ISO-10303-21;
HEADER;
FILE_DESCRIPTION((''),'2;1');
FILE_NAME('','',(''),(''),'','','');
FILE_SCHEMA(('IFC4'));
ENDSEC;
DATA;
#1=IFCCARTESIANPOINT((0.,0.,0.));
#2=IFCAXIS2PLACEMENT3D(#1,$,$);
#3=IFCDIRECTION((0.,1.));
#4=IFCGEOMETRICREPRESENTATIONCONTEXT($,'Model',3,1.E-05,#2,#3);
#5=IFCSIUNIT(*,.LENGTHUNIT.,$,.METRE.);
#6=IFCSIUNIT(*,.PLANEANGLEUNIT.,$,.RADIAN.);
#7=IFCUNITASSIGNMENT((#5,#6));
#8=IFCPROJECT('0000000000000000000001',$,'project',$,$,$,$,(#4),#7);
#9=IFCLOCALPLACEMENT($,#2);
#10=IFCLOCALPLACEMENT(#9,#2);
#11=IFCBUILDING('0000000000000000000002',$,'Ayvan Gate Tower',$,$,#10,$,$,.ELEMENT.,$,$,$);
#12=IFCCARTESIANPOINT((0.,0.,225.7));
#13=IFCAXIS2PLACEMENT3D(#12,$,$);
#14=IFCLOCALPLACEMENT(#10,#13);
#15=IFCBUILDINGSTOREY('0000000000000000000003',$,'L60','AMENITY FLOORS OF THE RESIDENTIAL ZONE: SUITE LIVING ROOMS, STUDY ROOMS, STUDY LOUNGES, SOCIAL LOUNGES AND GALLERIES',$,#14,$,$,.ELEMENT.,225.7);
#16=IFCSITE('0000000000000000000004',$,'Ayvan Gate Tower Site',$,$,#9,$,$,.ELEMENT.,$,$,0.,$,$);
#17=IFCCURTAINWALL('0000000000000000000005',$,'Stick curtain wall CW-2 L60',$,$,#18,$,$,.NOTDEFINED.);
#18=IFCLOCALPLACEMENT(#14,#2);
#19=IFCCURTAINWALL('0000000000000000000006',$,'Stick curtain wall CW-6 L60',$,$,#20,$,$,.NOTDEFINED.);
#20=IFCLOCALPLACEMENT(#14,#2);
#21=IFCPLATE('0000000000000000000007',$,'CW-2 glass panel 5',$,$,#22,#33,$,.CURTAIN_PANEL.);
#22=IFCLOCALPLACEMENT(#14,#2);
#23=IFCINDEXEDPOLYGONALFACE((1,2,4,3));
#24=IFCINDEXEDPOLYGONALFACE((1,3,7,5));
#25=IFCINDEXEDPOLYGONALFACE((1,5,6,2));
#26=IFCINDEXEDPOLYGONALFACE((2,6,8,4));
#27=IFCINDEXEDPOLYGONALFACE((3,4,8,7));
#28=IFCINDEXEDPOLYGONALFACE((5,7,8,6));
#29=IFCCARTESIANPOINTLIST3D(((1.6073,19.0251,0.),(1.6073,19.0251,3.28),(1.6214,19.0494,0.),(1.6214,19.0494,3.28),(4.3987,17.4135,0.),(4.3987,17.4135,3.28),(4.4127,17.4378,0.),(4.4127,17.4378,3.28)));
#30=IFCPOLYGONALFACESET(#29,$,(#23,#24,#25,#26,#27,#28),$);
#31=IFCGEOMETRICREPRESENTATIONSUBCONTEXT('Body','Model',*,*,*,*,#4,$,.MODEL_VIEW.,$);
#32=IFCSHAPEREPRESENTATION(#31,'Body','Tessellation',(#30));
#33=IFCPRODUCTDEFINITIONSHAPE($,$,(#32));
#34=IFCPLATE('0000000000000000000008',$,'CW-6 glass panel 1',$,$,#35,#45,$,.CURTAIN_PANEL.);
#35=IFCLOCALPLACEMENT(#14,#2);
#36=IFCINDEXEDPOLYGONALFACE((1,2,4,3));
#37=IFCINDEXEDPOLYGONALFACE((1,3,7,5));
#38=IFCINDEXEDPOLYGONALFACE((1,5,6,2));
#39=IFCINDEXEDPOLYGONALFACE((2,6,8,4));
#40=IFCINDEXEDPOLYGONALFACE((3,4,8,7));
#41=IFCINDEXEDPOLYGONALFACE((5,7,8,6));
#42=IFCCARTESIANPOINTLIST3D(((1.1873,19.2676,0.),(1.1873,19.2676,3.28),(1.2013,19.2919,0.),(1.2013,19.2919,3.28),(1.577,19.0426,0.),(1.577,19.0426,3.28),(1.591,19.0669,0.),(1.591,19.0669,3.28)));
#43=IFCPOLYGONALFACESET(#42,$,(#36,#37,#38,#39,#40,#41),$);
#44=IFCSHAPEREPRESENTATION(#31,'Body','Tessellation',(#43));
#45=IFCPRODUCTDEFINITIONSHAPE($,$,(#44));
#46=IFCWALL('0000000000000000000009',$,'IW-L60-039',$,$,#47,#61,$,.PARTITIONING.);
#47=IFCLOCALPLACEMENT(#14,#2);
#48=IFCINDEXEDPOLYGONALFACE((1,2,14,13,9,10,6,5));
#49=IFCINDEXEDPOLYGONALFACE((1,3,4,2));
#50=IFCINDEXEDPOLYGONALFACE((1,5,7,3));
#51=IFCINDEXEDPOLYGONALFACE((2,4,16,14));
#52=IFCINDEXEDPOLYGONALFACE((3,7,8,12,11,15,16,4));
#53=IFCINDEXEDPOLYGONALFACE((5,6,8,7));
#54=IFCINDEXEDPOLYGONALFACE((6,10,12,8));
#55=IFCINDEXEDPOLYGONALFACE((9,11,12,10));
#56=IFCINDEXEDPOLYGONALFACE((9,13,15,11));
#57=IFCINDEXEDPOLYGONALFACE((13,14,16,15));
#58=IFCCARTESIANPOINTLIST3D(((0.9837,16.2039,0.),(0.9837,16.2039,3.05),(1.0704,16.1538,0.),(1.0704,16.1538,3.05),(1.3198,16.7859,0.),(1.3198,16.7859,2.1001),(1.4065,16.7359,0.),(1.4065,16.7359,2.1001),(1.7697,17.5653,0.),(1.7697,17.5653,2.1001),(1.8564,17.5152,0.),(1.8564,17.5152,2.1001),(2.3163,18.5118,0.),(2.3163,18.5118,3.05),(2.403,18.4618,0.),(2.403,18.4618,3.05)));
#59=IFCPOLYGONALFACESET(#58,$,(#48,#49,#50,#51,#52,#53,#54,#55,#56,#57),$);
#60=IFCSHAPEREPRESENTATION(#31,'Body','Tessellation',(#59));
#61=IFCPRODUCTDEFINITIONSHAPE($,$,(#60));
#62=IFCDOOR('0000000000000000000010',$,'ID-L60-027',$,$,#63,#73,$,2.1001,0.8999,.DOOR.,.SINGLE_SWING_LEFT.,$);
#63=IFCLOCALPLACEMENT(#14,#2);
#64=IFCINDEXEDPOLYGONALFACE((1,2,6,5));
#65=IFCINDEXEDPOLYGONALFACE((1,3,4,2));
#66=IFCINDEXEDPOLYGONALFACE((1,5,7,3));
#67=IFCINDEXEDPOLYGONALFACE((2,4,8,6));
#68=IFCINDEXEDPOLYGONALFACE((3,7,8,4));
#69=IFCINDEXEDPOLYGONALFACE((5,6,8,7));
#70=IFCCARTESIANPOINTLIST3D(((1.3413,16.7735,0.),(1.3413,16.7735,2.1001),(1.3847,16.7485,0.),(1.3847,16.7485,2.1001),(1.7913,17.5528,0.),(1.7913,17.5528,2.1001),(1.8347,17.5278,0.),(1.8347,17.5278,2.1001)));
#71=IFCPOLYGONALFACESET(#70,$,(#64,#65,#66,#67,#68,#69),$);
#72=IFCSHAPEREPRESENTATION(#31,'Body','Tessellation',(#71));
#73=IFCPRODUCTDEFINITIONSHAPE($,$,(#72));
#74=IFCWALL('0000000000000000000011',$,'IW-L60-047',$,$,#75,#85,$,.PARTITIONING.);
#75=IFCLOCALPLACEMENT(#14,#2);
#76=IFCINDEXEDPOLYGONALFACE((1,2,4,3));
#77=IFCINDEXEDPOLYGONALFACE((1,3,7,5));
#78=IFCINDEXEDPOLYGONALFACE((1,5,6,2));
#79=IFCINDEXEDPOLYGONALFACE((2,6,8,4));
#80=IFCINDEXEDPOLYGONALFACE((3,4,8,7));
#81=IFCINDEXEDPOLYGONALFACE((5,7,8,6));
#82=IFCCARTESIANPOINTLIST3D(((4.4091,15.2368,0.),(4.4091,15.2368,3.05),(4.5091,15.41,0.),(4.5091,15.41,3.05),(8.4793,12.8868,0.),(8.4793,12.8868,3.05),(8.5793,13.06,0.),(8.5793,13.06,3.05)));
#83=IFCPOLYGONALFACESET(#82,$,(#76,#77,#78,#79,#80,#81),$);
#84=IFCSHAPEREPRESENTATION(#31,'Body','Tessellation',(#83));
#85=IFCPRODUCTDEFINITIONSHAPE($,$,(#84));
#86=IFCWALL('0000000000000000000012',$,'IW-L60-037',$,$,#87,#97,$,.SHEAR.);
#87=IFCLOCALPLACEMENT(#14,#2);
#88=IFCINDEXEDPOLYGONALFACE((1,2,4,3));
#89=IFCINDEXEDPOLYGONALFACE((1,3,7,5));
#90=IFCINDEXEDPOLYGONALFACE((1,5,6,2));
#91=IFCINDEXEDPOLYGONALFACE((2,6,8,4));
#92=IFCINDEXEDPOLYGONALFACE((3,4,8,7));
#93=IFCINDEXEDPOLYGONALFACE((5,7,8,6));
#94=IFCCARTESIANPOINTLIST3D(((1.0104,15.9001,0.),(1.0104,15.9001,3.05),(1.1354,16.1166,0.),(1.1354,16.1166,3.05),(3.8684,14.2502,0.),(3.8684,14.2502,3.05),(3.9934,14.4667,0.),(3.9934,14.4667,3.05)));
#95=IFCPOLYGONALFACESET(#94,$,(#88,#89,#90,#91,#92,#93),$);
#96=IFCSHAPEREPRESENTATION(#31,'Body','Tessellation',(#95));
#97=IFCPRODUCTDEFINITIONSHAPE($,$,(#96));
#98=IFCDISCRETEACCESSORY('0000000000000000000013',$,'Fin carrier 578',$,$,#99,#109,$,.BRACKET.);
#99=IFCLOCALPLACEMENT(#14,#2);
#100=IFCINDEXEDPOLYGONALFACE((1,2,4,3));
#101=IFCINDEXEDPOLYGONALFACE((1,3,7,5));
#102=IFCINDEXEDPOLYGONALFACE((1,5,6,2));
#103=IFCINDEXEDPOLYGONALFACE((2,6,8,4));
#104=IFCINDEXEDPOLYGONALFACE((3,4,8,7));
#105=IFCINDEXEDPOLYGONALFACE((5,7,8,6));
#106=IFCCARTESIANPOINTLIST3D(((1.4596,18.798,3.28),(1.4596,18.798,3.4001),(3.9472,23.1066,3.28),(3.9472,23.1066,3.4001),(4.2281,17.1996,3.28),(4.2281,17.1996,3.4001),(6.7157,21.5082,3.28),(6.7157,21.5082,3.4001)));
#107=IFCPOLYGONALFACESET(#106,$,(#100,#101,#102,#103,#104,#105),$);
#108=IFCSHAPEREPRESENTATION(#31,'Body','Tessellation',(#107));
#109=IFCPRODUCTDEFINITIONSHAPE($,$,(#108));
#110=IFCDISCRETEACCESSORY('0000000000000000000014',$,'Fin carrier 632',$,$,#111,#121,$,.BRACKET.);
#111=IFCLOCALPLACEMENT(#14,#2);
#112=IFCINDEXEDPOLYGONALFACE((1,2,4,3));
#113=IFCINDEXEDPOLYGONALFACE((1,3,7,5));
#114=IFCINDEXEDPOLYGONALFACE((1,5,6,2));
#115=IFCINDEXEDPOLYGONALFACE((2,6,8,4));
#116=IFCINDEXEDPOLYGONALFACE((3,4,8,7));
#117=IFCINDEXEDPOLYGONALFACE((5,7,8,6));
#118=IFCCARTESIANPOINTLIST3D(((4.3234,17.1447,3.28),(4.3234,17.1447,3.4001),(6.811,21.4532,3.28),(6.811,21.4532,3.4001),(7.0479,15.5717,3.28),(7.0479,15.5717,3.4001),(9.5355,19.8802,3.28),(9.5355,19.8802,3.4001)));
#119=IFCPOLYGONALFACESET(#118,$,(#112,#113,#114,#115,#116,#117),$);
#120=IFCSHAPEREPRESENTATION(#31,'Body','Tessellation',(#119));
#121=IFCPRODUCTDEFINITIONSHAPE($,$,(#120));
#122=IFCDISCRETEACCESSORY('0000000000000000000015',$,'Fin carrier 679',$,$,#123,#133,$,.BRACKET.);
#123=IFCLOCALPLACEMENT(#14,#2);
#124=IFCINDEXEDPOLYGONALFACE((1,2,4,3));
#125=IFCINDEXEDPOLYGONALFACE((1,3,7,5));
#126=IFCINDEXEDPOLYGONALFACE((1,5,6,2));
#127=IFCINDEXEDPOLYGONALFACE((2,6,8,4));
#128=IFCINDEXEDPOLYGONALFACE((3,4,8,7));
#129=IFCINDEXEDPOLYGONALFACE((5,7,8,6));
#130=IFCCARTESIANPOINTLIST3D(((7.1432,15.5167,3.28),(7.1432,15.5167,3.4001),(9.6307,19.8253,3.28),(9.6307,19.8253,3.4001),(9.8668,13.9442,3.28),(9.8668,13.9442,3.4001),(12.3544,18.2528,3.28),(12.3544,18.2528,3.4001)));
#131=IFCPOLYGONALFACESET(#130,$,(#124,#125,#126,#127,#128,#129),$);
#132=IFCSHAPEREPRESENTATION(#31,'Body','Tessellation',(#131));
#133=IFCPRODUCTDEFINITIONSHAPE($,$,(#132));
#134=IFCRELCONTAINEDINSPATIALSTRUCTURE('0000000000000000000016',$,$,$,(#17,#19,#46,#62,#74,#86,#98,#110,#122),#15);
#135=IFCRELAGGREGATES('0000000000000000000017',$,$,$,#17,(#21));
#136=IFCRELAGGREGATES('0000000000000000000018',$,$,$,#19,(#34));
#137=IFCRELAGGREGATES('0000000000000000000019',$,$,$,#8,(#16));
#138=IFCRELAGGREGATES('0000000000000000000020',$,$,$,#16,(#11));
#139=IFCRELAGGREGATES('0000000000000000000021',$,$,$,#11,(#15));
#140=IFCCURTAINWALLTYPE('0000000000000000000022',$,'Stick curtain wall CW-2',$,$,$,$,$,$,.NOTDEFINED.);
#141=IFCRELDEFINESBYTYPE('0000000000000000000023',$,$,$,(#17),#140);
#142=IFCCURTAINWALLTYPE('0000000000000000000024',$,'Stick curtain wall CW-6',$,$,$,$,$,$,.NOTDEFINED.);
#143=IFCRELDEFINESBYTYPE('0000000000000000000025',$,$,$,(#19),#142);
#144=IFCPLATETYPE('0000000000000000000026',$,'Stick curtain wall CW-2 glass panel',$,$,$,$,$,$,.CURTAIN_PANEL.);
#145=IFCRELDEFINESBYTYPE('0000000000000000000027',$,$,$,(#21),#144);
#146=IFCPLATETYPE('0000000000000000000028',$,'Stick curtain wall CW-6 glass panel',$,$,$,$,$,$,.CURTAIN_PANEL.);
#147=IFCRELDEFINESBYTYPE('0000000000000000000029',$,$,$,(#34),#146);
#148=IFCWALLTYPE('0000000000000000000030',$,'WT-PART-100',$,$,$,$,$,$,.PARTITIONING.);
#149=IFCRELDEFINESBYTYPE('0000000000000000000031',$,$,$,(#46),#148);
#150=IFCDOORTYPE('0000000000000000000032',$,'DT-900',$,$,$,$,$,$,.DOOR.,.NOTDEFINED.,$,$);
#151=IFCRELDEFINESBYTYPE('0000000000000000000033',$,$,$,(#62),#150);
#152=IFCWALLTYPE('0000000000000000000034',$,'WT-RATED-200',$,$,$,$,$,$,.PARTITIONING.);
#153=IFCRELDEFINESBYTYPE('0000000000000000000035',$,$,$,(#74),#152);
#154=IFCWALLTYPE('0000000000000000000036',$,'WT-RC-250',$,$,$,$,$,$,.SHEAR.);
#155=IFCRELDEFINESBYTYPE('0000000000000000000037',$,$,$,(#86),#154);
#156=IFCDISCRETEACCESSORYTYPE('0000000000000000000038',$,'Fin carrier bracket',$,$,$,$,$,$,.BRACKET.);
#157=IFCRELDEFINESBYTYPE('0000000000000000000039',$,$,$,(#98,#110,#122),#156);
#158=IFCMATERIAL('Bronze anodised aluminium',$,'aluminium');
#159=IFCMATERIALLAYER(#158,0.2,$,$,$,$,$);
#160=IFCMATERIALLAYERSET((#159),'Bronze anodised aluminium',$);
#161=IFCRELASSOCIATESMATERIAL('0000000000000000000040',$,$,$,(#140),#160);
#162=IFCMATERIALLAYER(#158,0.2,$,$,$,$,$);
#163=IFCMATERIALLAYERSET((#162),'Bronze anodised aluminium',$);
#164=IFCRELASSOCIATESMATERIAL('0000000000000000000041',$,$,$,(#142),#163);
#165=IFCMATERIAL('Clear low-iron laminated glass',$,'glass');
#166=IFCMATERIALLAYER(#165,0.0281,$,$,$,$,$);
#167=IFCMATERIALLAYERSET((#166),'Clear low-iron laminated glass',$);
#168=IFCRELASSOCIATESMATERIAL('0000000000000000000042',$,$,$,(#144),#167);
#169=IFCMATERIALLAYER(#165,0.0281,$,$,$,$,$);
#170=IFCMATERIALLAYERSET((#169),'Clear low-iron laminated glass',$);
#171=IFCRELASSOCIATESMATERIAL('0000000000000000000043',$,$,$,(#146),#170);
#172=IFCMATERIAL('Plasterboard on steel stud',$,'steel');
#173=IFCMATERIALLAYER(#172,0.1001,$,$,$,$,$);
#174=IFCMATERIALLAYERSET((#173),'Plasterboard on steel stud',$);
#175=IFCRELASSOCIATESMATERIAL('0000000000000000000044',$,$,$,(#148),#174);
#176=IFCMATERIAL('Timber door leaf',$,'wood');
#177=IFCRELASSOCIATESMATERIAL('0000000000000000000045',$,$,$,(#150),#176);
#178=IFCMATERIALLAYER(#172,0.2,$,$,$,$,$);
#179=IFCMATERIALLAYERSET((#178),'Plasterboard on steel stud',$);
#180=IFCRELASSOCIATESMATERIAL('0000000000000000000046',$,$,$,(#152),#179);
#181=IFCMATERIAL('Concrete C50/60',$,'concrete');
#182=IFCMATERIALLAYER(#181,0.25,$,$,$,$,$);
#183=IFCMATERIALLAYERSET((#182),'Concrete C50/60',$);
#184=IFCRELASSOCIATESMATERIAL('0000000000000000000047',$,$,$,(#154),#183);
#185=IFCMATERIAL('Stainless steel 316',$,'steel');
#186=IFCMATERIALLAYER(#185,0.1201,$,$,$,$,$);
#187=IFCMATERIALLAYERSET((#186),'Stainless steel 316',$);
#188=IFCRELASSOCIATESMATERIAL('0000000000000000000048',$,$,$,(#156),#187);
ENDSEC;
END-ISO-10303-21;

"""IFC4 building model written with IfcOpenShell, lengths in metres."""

from ifc_helpers import new_model, si_unit, direction, frame, frame_2d, origin, origin_2d, place, context, subcontext, project, spatial, rectangle, extrude, material, layer, layer_set, type_object, element, fill, aggregate, save


model = new_model("IFC4")

# Units and contexts
model_context = context("Model", 3, precision=1e-05, world=origin(), true_north=direction((0.0, 1.0)))
body_context = subcontext(model_context, "Body", "Model", "MODEL_VIEW")
ifc_project = project(units=[si_unit("LENGTHUNIT", "METRE"), si_unit("PLANEANGLEUNIT", "RADIAN")], contexts=[model_context])

# Site, building, storey
site_placement = place(None, origin())
site = spatial("IfcSite", under=ifc_project, at=site_placement, Name="Ayvan Gate Tower Site", CompositionType="ELEMENT", RefElevation=0.0)
building_placement = place(site_placement, origin())
building = spatial("IfcBuilding", under=site, at=building_placement, Name="Ayvan Gate Tower", CompositionType="ELEMENT")
storey_placement = place(building_placement, frame((0.0, 0.0, 225.7)))
storey = spatial("IfcBuildingStorey", under=building, at=storey_placement, Name="L60", Description="AMENITY FLOORS OF THE RESIDENTIAL ZONE: SUITE LIVING ROOMS, STUDY ROOMS, STUDY LOUNGES, SOCIAL LOUNGES AND GALLERIES", CompositionType="ELEMENT", Elevation=225.7)

# Shared definitions
ifc_material_1 = material(Name="Concrete C50/60", Category="concrete")

# Curtain walls
ifc_material_2 = material(Name="Bronze anodised aluminium", Category="aluminium")
ifc_layer_1 = layer(ifc_material_2, 0.2)
ifc_layer_set_1 = layer_set([ifc_layer_1], Name="Bronze anodised aluminium")
curtain_wall_type_1 = type_object("IfcCurtainWallType", Name="Stick curtain wall CW-2", PredefinedType="NOTDEFINED", material=ifc_layer_set_1)
curtain_wall_1_placement = place(storey_placement, origin())
curtain_wall_1 = element("IfcCurtainWall", 1, at=curtain_wall_1_placement, inside=storey, type_object=curtain_wall_type_1, Name="Stick curtain wall CW-2 L60", PredefinedType="NOTDEFINED")
ifc_layer_2 = layer(ifc_material_2, 0.2)
ifc_layer_set_2 = layer_set([ifc_layer_2], Name="Bronze anodised aluminium")
curtain_wall_type_2 = type_object("IfcCurtainWallType", Name="Stick curtain wall CW-6", PredefinedType="NOTDEFINED", material=ifc_layer_set_2)
curtain_wall_2_placement = place(storey_placement, origin())
curtain_wall_2 = element("IfcCurtainWall", 2, at=curtain_wall_2_placement, inside=storey, type_object=curtain_wall_type_2, Name="Stick curtain wall CW-6 L60", PredefinedType="NOTDEFINED")

# Plates
ifc_material_3 = material(Name="Clear low-iron laminated glass", Category="glass")
ifc_layer_3 = layer(ifc_material_3, 0.0281)
ifc_layer_set_3 = layer_set([ifc_layer_3], Name="Clear low-iron laminated glass")
plate_type_1 = type_object("IfcPlateType", Name="Stick curtain wall CW-2 glass panel", PredefinedType="CURTAIN_PANEL", material=ifc_layer_set_3)
plate_1_placement = place(storey_placement, frame((3.01, 18.2314, 0.0), z_axis=(0.0, 0.0, 1.0), x_axis=(-0.866025, 0.5, 0.0)))
plate_1 = element("IfcPlate", 3, at=plate_1_placement, type_object=plate_type_1, Name="CW-2 glass panel 5", PredefinedType="CURTAIN_PANEL", context=body_context, shape_type="SweptSolid", body=[
    extrude(rectangle(XDim=3.2231, YDim=0.0281, at=origin_2d()), origin(), (0.0, 0.0, 1.0), 3.28),
])
aggregate(curtain_wall_1, [plate_1])
ifc_layer_4 = layer(ifc_material_3, 0.0281)
ifc_layer_set_4 = layer_set([ifc_layer_4], Name="Clear low-iron laminated glass")
plate_type_2 = type_object("IfcPlateType", Name="Stick curtain wall CW-6 glass panel", PredefinedType="CURTAIN_PANEL", material=ifc_layer_set_4)
plate_2_placement = place(storey_placement, frame((1.3892, 19.1672, 0.0), z_axis=(0.0, 0.0, 1.0), x_axis=(-0.866025, 0.5, 0.0)))
plate_2 = element("IfcPlate", 4, at=plate_2_placement, type_object=plate_type_2, Name="CW-6 glass panel 1", PredefinedType="CURTAIN_PANEL", context=body_context, shape_type="SweptSolid", body=[
    extrude(rectangle(XDim=0.45, YDim=0.0281, at=origin_2d()), origin(), (0.0, 0.0, 1.0), 3.28),
])
aggregate(curtain_wall_2, [plate_2])

# Wall, opening, door
ifc_material_4 = material(Name="Plasterboard on steel stud", Category="steel")
ifc_layer_5 = layer(ifc_material_4, 0.1001)
ifc_layer_set_5 = layer_set([ifc_layer_5], Name="Plasterboard on steel stud")
wall_type_1 = type_object("IfcWallType", Name="WT-PART-100", PredefinedType="PARTITIONING", material=ifc_layer_set_5)
wall_1_placement = place(storey_placement, frame((2.3596, 18.4868, 0.0), z_axis=(0.0, 0.0, 1.0), x_axis=(-0.500021, -0.866013, 0.0)))
wall_1 = element("IfcWall", 5, at=wall_1_placement, inside=storey, type_object=wall_type_1, Name="IW-L60-039", PredefinedType="PARTITIONING", context=body_context, shape_type="SweptSolid", body=[
    extrude(rectangle(XDim=2.665, YDim=0.1001, at=frame_2d((1.3325, 0.0))), origin(), (0.0, 0.0, 1.0), 3.05),
])
opening_placement = place(wall_1_placement, frame((1.093, 0.0, 0.0)))
opening = element("IfcOpeningElement", 6, at=opening_placement, cuts=wall_1, PredefinedType="OPENING", context=body_context, shape_type="SweptSolid", body=[
    extrude(rectangle(XDim=0.8999, YDim=2.1001, at=frame_2d((0.45, 1.05))), frame((0.0, 0.0601, 0.0), z_axis=(0.0, -1.0, 0.0), x_axis=(1.0, 0.0, 0.0)), (0.0, 0.0, 1.0), 0.1201),
])
ifc_material_5 = material(Name="Timber door leaf", Category="wood")
door_type = type_object("IfcDoorType", Name="DT-900", OperationType="NOTDEFINED", PredefinedType="DOOR", material=ifc_material_5)
door_placement = place(opening_placement, origin())
door = element("IfcDoor", 7, at=door_placement, inside=storey, type_object=door_type, Name="ID-L60-027", OperationType="SINGLE_SWING_LEFT", OverallHeight=2.1001, OverallWidth=0.8999, PredefinedType="DOOR", context=body_context, shape_type="SweptSolid", body=[
    extrude(rectangle(XDim=0.8999, YDim=2.1001, at=frame_2d((0.45, 1.05))), frame((0.0, 0.0249, 0.0), z_axis=(0.0, -1.0, 0.0), x_axis=(1.0, 0.0, 0.0)), (0.0, 0.0, 1.0), 0.05),
])
fill(opening, door)

# Walls
ifc_layer_6 = layer(ifc_material_4, 0.2)
ifc_layer_set_6 = layer_set([ifc_layer_6], Name="Plasterboard on steel stud")
wall_type_2 = type_object("IfcWallType", Name="WT-RATED-200", PredefinedType="PARTITIONING", material=ifc_layer_set_6)
wall_2_placement = place(storey_placement, frame((4.459, 15.3235, 0.0), z_axis=(0.0, 0.0, 1.0), x_axis=(0.866016, -0.500016, 0.0)))
element("IfcWall", 8, at=wall_2_placement, inside=storey, type_object=wall_type_2, Name="IW-L60-047", PredefinedType="PARTITIONING", context=body_context, shape_type="SweptSolid", body=[
    extrude(rectangle(XDim=4.7, YDim=0.2, at=frame_2d((2.3501, 0.0))), origin(), (0.0, 0.0, 1.0), 3.05),
])
ifc_layer_7 = layer(ifc_material_1, 0.25)
ifc_layer_set_7 = layer_set([ifc_layer_7], Name="Concrete C50/60")
wall_type_3 = type_object("IfcWallType", Name="WT-RC-250", PredefinedType="SHEAR", material=ifc_layer_set_7)
wall_3_placement = place(storey_placement, frame((1.073, 16.0083, 0.0), z_axis=(0.0, 0.0, 1.0), x_axis=(0.86604, -0.499974, 0.0)))
element("IfcWall", 9, at=wall_3_placement, inside=storey, type_object=wall_type_3, Name="IW-L60-037", PredefinedType="SHEAR", context=body_context, shape_type="SweptSolid", body=[
    extrude(rectangle(XDim=3.3, YDim=0.25, at=frame_2d((1.6499, 0.0))), origin(), (0.0, 0.0, 1.0), 3.05),
])

# Discrete accessories
ifc_material_6 = material(Name="Stainless steel 316", Category="steel")
ifc_layer_8 = layer(ifc_material_6, 0.1201)
ifc_layer_set_8 = layer_set([ifc_layer_8], Name="Stainless steel 316")
discrete_accessory_type = type_object("IfcDiscreteAccessoryType", Name="Fin carrier bracket", PredefinedType="BRACKET", material=ifc_layer_set_8)
discrete_accessory_1_placement = place(storey_placement, frame((4.0876, 20.1531, 3.28), z_axis=(0.0, 0.0, 1.0), x_axis=(-0.866025, 0.5, 0.0)))
element("IfcDiscreteAccessory", 10, at=discrete_accessory_1_placement, inside=storey, type_object=discrete_accessory_type, Name="Fin carrier 578", PredefinedType="BRACKET", context=body_context, shape_type="SweptSolid", body=[
    extrude(rectangle(XDim=3.1968, YDim=4.9751, at=origin_2d()), origin(), (0.0, 0.0, 1.0), 0.1201),
])
discrete_accessory_2_placement = place(storey_placement, frame((6.9294, 18.5125, 3.28), z_axis=(0.0, 0.0, 1.0), x_axis=(-0.866025, 0.5, 0.0)))
element("IfcDiscreteAccessory", 11, at=discrete_accessory_2_placement, inside=storey, type_object=discrete_accessory_type, Name="Fin carrier 632", PredefinedType="BRACKET", context=body_context, shape_type="SweptSolid", body=[
    extrude(rectangle(XDim=3.146, YDim=4.9751, at=origin_2d()), origin(), (0.0, 0.0, 1.0), 0.1201),
])
discrete_accessory_3_placement = place(storey_placement, frame((9.7488, 16.8848, 3.28), z_axis=(0.0, 0.0, 1.0), x_axis=(-0.866025, 0.5, 0.0)))
element("IfcDiscreteAccessory", 12, at=discrete_accessory_3_placement, inside=storey, type_object=discrete_accessory_type, Name="Fin carrier 679", PredefinedType="BRACKET", context=body_context, shape_type="SweptSolid", body=[
    extrude(rectangle(XDim=3.145, YDim=4.9751, at=origin_2d()), origin(), (0.0, 0.0, 1.0), 0.1201),
])

save(model, "model.ifc")
